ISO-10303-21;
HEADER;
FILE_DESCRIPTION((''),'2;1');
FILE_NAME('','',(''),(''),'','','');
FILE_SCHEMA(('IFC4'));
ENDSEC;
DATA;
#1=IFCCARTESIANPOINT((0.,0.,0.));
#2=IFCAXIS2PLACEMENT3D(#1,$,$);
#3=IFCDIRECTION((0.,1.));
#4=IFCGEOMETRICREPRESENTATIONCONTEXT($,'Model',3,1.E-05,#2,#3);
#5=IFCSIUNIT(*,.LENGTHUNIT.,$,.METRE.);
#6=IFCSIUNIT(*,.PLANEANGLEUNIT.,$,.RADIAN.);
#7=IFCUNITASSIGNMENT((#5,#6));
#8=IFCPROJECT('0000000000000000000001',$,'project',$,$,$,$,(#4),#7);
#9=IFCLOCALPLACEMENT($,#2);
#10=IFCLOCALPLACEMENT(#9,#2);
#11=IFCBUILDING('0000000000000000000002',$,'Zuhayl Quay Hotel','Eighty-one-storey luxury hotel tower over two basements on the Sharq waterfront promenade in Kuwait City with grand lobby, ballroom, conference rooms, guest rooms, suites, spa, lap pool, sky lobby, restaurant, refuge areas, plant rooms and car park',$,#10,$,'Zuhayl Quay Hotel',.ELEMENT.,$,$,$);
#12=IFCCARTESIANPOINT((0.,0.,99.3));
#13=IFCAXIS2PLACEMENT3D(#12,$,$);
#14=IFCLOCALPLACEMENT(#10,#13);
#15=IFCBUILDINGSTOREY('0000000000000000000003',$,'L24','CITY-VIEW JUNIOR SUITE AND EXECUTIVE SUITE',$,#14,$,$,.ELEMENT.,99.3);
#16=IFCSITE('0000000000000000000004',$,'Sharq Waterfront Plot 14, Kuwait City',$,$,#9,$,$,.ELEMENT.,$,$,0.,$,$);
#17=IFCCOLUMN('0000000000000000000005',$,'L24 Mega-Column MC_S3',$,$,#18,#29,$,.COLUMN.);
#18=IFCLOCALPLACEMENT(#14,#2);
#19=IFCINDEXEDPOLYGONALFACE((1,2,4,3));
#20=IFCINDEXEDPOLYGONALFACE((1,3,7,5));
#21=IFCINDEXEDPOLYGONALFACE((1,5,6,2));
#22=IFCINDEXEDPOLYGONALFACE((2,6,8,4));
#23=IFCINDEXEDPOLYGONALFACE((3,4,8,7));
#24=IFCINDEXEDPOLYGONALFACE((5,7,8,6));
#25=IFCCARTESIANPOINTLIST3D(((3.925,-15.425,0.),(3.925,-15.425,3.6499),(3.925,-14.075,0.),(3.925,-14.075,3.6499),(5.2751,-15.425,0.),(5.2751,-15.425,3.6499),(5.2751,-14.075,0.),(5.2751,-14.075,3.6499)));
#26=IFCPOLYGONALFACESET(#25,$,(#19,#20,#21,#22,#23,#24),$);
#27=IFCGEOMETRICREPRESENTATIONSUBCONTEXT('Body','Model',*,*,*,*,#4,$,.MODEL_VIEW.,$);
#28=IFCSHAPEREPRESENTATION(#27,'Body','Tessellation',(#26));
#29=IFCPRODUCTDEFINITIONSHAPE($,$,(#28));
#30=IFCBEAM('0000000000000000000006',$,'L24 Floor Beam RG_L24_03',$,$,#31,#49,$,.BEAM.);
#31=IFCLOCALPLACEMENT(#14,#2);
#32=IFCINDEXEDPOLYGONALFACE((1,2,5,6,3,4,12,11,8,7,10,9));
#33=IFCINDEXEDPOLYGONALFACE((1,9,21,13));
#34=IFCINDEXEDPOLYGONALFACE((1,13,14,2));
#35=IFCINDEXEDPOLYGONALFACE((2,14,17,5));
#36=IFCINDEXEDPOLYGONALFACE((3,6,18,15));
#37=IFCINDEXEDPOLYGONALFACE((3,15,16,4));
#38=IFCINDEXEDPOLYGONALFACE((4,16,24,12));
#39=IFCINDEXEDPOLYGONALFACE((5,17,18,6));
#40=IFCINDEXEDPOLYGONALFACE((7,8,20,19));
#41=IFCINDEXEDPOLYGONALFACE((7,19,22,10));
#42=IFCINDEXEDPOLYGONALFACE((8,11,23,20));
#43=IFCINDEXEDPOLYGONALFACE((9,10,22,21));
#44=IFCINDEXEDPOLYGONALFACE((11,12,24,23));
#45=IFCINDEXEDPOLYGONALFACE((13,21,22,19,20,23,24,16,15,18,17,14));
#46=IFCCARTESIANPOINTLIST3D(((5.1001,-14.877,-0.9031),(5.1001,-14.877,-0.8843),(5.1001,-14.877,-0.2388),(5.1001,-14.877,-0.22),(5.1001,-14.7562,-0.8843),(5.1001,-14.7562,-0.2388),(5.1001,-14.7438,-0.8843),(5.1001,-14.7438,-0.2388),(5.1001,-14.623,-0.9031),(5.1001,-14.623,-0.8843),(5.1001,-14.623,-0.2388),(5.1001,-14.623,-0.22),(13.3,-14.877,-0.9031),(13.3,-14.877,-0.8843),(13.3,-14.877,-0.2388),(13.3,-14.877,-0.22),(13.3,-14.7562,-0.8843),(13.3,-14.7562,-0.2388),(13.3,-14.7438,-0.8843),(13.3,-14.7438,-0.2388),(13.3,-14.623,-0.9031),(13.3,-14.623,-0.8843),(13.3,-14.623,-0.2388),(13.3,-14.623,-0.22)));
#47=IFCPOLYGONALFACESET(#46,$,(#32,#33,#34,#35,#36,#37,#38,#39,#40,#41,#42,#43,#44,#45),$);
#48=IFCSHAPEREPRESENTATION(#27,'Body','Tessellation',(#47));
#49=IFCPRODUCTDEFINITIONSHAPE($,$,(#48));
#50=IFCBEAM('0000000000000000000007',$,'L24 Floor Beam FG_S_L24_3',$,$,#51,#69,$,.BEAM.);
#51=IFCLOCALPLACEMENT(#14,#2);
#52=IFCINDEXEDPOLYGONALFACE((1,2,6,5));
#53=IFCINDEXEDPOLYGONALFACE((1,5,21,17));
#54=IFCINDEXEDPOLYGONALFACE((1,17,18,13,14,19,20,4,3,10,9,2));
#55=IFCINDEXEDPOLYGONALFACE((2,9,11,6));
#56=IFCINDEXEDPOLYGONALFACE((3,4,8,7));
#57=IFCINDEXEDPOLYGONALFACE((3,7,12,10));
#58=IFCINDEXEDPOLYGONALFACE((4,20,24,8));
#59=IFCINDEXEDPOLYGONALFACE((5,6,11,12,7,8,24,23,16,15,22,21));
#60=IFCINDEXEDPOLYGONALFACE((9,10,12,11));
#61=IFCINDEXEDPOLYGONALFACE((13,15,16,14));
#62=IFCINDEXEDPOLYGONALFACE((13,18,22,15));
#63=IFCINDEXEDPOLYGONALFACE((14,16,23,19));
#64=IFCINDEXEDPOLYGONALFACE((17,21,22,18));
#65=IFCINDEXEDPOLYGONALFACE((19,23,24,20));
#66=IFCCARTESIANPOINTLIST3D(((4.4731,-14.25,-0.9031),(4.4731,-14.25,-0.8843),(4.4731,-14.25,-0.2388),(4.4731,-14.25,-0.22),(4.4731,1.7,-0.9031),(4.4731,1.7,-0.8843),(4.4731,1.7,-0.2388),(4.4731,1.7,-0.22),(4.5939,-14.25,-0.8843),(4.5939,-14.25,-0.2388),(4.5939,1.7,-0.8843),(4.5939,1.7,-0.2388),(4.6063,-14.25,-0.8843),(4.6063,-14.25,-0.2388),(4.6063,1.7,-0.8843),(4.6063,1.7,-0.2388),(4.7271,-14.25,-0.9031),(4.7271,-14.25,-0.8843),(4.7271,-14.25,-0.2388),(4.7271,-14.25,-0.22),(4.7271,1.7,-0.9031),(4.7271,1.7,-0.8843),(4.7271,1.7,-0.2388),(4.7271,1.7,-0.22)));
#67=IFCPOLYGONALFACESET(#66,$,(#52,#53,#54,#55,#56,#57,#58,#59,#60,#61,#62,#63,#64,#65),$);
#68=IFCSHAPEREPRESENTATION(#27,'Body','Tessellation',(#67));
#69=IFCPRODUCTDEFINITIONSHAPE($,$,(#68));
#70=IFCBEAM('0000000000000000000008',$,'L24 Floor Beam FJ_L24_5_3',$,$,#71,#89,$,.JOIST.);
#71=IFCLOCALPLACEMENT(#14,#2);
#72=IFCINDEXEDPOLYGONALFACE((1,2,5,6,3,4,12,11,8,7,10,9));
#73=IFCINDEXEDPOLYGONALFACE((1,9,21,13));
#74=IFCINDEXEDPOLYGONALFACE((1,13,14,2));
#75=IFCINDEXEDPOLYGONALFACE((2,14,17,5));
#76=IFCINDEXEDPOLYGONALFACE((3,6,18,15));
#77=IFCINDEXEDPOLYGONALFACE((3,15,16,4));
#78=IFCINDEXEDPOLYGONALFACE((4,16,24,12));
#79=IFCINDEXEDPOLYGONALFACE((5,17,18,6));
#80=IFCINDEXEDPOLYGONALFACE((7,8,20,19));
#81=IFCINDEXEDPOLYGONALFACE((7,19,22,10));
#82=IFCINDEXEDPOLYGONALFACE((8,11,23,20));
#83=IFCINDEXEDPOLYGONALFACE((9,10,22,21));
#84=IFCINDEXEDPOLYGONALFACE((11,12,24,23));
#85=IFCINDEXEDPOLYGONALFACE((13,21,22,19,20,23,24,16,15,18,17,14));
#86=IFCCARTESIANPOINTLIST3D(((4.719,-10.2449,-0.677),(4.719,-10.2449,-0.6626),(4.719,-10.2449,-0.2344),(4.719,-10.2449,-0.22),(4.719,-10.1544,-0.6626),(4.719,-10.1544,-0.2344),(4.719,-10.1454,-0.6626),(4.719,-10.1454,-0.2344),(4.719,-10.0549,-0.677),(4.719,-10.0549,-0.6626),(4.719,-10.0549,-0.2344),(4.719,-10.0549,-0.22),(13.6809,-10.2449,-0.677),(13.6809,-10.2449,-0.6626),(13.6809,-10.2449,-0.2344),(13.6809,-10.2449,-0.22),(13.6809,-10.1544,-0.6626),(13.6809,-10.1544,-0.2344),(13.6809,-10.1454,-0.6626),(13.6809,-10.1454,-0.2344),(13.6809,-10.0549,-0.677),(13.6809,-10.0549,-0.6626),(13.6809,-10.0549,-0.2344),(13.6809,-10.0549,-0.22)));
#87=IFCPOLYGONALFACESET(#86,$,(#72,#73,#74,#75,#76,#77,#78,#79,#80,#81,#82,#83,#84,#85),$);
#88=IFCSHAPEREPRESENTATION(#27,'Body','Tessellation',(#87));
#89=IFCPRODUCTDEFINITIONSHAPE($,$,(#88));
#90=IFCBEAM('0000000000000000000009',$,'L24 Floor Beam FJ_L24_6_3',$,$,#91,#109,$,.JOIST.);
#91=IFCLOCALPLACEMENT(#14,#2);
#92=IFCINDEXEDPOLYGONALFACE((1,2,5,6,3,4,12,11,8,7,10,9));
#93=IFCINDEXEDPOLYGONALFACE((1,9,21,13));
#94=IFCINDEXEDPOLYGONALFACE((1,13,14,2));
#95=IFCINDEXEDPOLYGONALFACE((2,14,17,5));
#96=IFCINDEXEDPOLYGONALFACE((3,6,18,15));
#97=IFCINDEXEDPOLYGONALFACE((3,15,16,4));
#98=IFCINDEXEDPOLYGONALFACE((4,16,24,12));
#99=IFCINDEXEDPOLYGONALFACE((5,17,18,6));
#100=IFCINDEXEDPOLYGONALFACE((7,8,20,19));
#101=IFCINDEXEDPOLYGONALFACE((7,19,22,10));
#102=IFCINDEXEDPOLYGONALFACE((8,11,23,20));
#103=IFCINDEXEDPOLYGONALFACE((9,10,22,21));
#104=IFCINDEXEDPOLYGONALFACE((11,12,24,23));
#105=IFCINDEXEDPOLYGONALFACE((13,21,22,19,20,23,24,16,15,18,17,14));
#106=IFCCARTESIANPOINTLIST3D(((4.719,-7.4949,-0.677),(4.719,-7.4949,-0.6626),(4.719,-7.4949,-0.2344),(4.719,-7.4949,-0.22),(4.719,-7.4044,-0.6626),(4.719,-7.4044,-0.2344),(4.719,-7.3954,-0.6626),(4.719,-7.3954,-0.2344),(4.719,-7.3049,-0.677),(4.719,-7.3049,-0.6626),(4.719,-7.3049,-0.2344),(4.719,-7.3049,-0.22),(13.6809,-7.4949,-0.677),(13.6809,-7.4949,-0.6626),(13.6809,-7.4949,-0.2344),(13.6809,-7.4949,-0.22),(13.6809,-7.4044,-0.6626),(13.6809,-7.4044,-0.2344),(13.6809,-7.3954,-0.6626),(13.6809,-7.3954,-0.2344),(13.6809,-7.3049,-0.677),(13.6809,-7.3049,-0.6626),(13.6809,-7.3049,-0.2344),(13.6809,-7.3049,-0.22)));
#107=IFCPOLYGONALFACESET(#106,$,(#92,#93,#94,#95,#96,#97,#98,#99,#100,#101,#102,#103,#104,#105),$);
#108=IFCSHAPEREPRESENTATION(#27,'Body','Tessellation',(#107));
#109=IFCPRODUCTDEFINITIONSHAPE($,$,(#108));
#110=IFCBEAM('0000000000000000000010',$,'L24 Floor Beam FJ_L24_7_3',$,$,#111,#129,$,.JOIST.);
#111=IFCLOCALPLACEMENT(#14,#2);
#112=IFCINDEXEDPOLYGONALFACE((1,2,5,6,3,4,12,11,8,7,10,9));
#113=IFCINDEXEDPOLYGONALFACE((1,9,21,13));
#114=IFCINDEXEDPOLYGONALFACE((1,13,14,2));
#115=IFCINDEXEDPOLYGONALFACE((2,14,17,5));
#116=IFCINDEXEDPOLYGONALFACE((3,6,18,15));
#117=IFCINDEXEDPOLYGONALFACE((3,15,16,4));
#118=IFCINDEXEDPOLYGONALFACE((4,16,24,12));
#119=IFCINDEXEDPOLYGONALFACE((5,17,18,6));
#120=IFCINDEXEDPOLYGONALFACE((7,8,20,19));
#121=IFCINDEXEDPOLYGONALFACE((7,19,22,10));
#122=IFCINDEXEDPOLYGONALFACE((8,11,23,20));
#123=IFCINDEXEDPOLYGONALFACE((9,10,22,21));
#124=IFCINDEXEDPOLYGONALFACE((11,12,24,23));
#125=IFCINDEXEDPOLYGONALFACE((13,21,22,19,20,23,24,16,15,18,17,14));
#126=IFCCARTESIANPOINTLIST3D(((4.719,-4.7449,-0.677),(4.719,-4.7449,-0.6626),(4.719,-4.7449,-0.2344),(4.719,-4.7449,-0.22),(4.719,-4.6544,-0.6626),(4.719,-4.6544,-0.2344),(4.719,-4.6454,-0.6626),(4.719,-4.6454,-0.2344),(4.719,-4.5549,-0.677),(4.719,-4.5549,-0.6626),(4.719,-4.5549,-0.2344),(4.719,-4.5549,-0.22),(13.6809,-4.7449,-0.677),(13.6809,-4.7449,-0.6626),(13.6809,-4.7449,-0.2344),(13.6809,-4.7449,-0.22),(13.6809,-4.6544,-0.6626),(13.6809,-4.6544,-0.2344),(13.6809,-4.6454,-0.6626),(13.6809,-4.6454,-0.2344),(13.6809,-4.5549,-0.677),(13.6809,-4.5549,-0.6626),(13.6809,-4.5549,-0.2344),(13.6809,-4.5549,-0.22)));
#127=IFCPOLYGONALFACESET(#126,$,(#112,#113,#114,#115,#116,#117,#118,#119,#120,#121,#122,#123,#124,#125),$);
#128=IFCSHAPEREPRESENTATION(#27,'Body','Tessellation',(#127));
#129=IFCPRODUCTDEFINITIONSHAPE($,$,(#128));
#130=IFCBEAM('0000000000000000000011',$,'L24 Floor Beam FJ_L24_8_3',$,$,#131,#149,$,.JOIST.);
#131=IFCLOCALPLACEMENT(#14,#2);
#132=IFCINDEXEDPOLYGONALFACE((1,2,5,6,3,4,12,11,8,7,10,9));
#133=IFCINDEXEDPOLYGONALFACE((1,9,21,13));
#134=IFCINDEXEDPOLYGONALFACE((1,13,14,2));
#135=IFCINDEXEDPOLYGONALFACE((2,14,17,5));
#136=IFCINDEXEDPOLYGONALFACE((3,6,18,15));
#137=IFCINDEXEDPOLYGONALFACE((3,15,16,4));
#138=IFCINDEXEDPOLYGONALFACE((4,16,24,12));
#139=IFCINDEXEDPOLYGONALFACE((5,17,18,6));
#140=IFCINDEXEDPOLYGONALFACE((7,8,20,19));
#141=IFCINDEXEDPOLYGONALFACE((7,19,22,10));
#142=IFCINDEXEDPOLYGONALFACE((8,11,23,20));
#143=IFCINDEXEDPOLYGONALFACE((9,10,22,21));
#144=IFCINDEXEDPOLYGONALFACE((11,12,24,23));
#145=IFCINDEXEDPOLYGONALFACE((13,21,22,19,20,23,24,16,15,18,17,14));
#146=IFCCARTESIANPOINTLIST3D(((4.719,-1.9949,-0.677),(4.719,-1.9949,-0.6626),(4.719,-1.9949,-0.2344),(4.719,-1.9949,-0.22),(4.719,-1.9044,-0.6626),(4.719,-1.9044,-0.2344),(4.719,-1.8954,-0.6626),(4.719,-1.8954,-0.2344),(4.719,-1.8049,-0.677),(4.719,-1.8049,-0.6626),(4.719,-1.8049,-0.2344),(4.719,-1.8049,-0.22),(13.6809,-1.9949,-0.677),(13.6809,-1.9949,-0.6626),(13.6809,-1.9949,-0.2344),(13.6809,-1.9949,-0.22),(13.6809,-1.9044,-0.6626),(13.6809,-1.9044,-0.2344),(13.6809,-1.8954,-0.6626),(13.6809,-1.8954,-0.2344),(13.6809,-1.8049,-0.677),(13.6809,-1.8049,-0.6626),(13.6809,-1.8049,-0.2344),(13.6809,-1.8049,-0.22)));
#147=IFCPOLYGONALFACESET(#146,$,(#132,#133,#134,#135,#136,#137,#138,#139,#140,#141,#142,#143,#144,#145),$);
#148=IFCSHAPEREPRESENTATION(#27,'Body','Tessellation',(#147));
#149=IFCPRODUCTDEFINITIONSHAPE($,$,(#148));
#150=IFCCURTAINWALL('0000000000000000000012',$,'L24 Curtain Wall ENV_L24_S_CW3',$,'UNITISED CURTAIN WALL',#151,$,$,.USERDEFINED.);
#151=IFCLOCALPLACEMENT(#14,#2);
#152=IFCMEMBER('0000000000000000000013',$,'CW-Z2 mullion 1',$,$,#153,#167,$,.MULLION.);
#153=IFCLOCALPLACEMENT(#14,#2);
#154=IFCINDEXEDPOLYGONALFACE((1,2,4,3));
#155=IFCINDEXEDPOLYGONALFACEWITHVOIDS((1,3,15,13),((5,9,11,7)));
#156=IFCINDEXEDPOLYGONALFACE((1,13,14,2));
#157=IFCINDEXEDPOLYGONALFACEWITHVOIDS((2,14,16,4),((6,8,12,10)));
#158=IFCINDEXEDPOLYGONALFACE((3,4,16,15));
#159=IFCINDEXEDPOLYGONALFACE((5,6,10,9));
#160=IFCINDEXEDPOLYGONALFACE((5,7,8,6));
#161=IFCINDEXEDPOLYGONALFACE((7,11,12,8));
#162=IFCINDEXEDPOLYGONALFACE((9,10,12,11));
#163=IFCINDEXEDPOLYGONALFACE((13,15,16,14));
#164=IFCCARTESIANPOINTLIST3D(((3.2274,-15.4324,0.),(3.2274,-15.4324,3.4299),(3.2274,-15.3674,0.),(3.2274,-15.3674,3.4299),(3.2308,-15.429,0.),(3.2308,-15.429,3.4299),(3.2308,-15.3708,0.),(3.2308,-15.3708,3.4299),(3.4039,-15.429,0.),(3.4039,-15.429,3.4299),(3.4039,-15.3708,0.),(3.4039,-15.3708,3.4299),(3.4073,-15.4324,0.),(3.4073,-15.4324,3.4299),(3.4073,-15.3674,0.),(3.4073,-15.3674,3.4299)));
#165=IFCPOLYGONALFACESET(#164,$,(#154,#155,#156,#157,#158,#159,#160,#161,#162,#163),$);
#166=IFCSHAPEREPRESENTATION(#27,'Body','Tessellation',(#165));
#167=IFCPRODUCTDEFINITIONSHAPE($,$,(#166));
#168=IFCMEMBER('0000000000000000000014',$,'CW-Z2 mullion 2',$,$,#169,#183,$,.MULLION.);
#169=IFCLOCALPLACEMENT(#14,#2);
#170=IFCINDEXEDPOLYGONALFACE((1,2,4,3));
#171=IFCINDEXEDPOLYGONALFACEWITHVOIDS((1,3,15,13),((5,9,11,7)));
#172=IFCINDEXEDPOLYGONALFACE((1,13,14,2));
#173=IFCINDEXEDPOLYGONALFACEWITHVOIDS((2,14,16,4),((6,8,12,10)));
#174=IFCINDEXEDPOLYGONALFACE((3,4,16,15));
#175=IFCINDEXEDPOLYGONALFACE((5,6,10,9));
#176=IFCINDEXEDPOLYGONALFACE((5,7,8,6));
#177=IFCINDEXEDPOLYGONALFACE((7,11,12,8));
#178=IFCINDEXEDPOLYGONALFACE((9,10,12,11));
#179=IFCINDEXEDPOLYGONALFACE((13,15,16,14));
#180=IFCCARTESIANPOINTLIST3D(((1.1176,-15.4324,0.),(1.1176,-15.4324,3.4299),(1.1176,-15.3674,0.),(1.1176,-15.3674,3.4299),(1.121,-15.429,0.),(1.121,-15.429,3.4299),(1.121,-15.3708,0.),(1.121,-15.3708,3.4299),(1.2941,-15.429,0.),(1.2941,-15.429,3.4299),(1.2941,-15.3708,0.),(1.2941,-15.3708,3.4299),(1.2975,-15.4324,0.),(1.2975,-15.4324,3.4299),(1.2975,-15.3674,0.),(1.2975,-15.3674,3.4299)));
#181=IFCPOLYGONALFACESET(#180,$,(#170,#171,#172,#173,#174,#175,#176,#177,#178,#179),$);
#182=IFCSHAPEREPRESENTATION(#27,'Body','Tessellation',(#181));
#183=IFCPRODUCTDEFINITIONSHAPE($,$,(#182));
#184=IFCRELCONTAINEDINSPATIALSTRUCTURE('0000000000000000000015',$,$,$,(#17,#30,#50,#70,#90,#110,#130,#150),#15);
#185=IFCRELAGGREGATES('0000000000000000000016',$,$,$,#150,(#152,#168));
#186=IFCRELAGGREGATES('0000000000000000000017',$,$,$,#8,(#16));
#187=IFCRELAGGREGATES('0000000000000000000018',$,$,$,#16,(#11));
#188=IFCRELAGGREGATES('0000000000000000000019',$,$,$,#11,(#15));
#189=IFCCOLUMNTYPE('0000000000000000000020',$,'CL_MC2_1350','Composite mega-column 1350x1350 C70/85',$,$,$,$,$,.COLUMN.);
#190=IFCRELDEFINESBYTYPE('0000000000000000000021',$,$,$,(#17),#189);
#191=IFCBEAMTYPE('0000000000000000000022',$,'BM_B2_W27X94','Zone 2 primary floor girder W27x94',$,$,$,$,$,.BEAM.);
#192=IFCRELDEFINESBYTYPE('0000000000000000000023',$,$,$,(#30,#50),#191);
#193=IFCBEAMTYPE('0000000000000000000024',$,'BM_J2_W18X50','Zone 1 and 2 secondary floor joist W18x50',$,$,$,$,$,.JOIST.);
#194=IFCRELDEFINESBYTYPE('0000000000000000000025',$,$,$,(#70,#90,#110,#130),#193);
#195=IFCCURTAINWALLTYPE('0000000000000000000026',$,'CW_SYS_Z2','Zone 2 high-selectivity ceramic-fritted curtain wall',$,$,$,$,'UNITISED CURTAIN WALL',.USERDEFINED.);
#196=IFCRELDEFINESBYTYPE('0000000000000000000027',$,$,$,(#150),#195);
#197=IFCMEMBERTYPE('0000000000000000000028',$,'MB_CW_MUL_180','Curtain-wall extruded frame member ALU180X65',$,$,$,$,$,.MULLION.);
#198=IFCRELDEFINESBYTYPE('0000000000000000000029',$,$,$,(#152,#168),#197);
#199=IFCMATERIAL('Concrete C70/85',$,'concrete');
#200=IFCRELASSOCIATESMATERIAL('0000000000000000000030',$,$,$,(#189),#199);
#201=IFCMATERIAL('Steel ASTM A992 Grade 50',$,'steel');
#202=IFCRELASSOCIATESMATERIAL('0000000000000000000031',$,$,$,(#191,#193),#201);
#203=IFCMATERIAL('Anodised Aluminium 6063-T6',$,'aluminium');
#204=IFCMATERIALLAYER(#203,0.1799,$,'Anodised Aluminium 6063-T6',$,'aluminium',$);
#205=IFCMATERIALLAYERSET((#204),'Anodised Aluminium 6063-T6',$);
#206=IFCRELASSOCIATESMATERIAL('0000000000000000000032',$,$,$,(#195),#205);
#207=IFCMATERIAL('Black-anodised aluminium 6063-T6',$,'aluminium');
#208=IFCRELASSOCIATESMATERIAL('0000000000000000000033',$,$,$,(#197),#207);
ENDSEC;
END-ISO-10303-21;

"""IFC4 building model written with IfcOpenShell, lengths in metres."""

from ifc_helpers import new_model, si_unit, direction, frame, origin, origin_2d, place, context, subcontext, project, spatial, rectangle, hollow_rectangle, i_section, extrude, material, layer, layer_set, material_profile, profile_set, type_object, element, aggregate, save


model = new_model("IFC4")

# Units and contexts
model_context = context("Model", 3, precision=1e-05, world=origin(), true_north=direction((0.0, 1.0)))
body_context = subcontext(model_context, "Body", "Model", "MODEL_VIEW")
ifc_project = project(units=[si_unit("LENGTHUNIT", "METRE"), si_unit("PLANEANGLEUNIT", "RADIAN")], contexts=[model_context])

# Site, building, storey
site_placement = place(None, origin())
site = spatial("IfcSite", under=ifc_project, at=site_placement, Name="Sharq Waterfront Plot 14, Kuwait City", CompositionType="ELEMENT", RefElevation=0.0)
building_placement = place(site_placement, origin())
building = spatial("IfcBuilding", under=site, at=building_placement, Name="Zuhayl Quay Hotel", Description="Eighty-one-storey luxury hotel tower over two basements on the Sharq waterfront promenade in Kuwait City with grand lobby, ballroom, conference rooms, guest rooms, suites, spa, lap pool, sky lobby, restaurant, refuge areas, plant rooms and car park", LongName="Zuhayl Quay Hotel", CompositionType="ELEMENT")
storey_placement = place(building_placement, frame((0.0, 0.0, 99.3)))
storey = spatial("IfcBuildingStorey", under=building, at=storey_placement, Name="L24", Description="CITY-VIEW JUNIOR SUITE AND EXECUTIVE SUITE", CompositionType="ELEMENT", Elevation=99.3)

# Column
ifc_material_1 = material(Name="Concrete C70/85", Category="concrete")
ifc_material_profile_1 = material_profile(ifc_material_1, rectangle(XDim=1.3501, YDim=1.3501, at=origin_2d()), Name="RC1350X1350")
ifc_profile_set_1 = profile_set([ifc_material_profile_1], Name="Concrete C70/85")
column_type = type_object("IfcColumnType", Name="CL_MC2_1350", Description="Composite mega-column 1350x1350 C70/85", PredefinedType="COLUMN", material=ifc_profile_set_1)
column_placement = place(storey_placement, frame((4.6001, -14.75, 0.0), z_axis=(0.0, 0.0, 1.0), x_axis=(1.0, 0.0, 0.0)))
element("IfcColumn", 1, at=column_placement, inside=storey, type_object=column_type, Name="L24 Mega-Column MC_S3", PredefinedType="COLUMN", context=body_context, shape_type="SweptSolid", body=[
    extrude(rectangle(XDim=1.3501, YDim=1.3501, at=origin_2d()), origin(), (0.0, 0.0, 1.0), 3.6499),
])

# Beams
ifc_material_2 = material(Name="Steel ASTM A992 Grade 50", Category="steel")
ifc_material_profile_2 = material_profile(ifc_material_2, i_section(OverallWidth=0.2539, OverallDepth=0.6831, WebThickness=0.0125, FlangeThickness=0.0188, at=origin_2d()), Name="W27X94")
ifc_profile_set_2 = profile_set([ifc_material_profile_2], Name="Steel ASTM A992 Grade 50")
beam_type_1 = type_object("IfcBeamType", Name="BM_B2_W27X94", Description="Zone 2 primary floor girder W27x94", PredefinedType="BEAM", material=ifc_profile_set_2)
beam_1_placement = place(storey_placement, frame((5.1001, -14.75, -0.5615), z_axis=(1.0, 0.0, 0.0), x_axis=(0.0, 1.0, 0.0)))
element("IfcBeam", 2, at=beam_1_placement, inside=storey, type_object=beam_type_1, Name="L24 Floor Beam RG_L24_03", PredefinedType="BEAM", context=body_context, shape_type="SweptSolid", body=[
    extrude(i_section(OverallWidth=0.2539, OverallDepth=0.6831, WebThickness=0.0125, FlangeThickness=0.0188, at=origin_2d()), origin(), (0.0, 0.0, 1.0), 8.2),
])
beam_2_placement = place(storey_placement, frame((4.6001, -14.25, -0.5615), z_axis=(0.0, 1.0, 0.0), x_axis=(-1.0, 0.0, 0.0)))
element("IfcBeam", 3, at=beam_2_placement, inside=storey, type_object=beam_type_1, Name="L24 Floor Beam FG_S_L24_3", PredefinedType="BEAM", context=body_context, shape_type="SweptSolid", body=[
    extrude(i_section(OverallWidth=0.2539, OverallDepth=0.6831, WebThickness=0.0125, FlangeThickness=0.0188, at=origin_2d()), origin(), (0.0, 0.0, 1.0), 15.95),
])
ifc_material_profile_3 = material_profile(ifc_material_2, i_section(OverallWidth=0.1899, OverallDepth=0.457, WebThickness=0.009, FlangeThickness=0.0144, at=origin_2d()), Name="W18X50")
ifc_profile_set_3 = profile_set([ifc_material_profile_3], Name="Steel ASTM A992 Grade 50")
beam_type_2 = type_object("IfcBeamType", Name="BM_J2_W18X50", Description="Zone 1 and 2 secondary floor joist W18x50", PredefinedType="JOIST", material=ifc_profile_set_3)
for number, where, z_axis, x_axis, name in (
    (4, (4.719, -10.1499, -0.4485), (1.0, 0.0, 0.0), (0.0, 1.0, 0.0), "L24 Floor Beam FJ_L24_5_3"),
    (5, (4.719, -7.3999, -0.4485), (1.0, 0.0, 0.0), (0.0, 1.0, 0.0), "L24 Floor Beam FJ_L24_6_3"),
    (6, (4.719, -4.6499, -0.4485), (1.0, 0.0, 0.0), (0.0, 1.0, 0.0), "L24 Floor Beam FJ_L24_7_3"),
    (7, (4.719, -1.8999, -0.4485), (1.0, 0.0, 0.0), (0.0, 1.0, 0.0), "L24 Floor Beam FJ_L24_8_3"),
):
    element("IfcBeam", number, at=place(storey_placement, frame(where, z_axis=z_axis, x_axis=x_axis)), inside=storey, type_object=beam_type_2, Name=name, PredefinedType="JOIST", context=body_context, shape_type="SweptSolid", body=[
        extrude(i_section(OverallWidth=0.1899, OverallDepth=0.457, WebThickness=0.009, FlangeThickness=0.0144, at=origin_2d()), origin(), (0.0, 0.0, 1.0), 8.9619),
    ])

# Curtain wall, members
ifc_material_3 = material(Name="Anodised Aluminium 6063-T6", Category="aluminium")
ifc_layer_1 = layer(ifc_material_3, 0.1799, Name="Anodised Aluminium 6063-T6", Category="aluminium")
ifc_layer_set_1 = layer_set([ifc_layer_1], Name="Anodised Aluminium 6063-T6")
curtain_wall_type = type_object("IfcCurtainWallType", Name="CW_SYS_Z2", Description="Zone 2 high-selectivity ceramic-fritted curtain wall", ElementType="UNITISED CURTAIN WALL", PredefinedType="USERDEFINED", material=ifc_layer_set_1)
curtain_wall_placement = place(storey_placement, origin())
curtain_wall = element("IfcCurtainWall", 8, at=curtain_wall_placement, inside=storey, type_object=curtain_wall_type, Name="L24 Curtain Wall ENV_L24_S_CW3", ObjectType="UNITISED CURTAIN WALL", PredefinedType="USERDEFINED")
ifc_material_4 = material(Name="Black-anodised aluminium 6063-T6", Category="aluminium")
ifc_material_profile_4 = material_profile(ifc_material_4, hollow_rectangle(XDim=0.0649, YDim=0.1799, WallThickness=0.0034, at=origin_2d()), Name="ALU180X65")
ifc_profile_set_4 = profile_set([ifc_material_profile_4], Name="Black-anodised aluminium 6063-T6")
member_type_1 = type_object("IfcMemberType", Name="MB_CW_MUL_180", Description="Curtain-wall extruded frame member ALU180X65", PredefinedType="MULLION", material=ifc_profile_set_4)
member_1_placement = place(storey_placement, frame((3.3174, -15.3999, 0.0), z_axis=(0.0, 0.0, 1.0), x_axis=(0.0, -1.0, 0.0)))
member_1 = element("IfcMember", 9, at=member_1_placement, type_object=member_type_1, Name="CW-Z2 mullion 1", PredefinedType="MULLION", context=body_context, shape_type="SweptSolid", body=[
    extrude(hollow_rectangle(XDim=0.0649, YDim=0.1799, WallThickness=0.0034, at=origin_2d()), origin(), (0.0, 0.0, 1.0), 3.4299),
])
member_2_placement = place(storey_placement, frame((1.2075, -15.3999, 0.0), z_axis=(0.0, 0.0, 1.0), x_axis=(0.0, -1.0, 0.0)))
member_2 = element("IfcMember", 10, at=member_2_placement, type_object=member_type_1, Name="CW-Z2 mullion 2", PredefinedType="MULLION", context=body_context, shape_type="SweptSolid", body=[
    extrude(hollow_rectangle(XDim=0.0649, YDim=0.1799, WallThickness=0.0034, at=origin_2d()), origin(), (0.0, 0.0, 1.0), 3.4299),
])
aggregate(curtain_wall, [member_1, member_2])

save(model, "model.ifc")
